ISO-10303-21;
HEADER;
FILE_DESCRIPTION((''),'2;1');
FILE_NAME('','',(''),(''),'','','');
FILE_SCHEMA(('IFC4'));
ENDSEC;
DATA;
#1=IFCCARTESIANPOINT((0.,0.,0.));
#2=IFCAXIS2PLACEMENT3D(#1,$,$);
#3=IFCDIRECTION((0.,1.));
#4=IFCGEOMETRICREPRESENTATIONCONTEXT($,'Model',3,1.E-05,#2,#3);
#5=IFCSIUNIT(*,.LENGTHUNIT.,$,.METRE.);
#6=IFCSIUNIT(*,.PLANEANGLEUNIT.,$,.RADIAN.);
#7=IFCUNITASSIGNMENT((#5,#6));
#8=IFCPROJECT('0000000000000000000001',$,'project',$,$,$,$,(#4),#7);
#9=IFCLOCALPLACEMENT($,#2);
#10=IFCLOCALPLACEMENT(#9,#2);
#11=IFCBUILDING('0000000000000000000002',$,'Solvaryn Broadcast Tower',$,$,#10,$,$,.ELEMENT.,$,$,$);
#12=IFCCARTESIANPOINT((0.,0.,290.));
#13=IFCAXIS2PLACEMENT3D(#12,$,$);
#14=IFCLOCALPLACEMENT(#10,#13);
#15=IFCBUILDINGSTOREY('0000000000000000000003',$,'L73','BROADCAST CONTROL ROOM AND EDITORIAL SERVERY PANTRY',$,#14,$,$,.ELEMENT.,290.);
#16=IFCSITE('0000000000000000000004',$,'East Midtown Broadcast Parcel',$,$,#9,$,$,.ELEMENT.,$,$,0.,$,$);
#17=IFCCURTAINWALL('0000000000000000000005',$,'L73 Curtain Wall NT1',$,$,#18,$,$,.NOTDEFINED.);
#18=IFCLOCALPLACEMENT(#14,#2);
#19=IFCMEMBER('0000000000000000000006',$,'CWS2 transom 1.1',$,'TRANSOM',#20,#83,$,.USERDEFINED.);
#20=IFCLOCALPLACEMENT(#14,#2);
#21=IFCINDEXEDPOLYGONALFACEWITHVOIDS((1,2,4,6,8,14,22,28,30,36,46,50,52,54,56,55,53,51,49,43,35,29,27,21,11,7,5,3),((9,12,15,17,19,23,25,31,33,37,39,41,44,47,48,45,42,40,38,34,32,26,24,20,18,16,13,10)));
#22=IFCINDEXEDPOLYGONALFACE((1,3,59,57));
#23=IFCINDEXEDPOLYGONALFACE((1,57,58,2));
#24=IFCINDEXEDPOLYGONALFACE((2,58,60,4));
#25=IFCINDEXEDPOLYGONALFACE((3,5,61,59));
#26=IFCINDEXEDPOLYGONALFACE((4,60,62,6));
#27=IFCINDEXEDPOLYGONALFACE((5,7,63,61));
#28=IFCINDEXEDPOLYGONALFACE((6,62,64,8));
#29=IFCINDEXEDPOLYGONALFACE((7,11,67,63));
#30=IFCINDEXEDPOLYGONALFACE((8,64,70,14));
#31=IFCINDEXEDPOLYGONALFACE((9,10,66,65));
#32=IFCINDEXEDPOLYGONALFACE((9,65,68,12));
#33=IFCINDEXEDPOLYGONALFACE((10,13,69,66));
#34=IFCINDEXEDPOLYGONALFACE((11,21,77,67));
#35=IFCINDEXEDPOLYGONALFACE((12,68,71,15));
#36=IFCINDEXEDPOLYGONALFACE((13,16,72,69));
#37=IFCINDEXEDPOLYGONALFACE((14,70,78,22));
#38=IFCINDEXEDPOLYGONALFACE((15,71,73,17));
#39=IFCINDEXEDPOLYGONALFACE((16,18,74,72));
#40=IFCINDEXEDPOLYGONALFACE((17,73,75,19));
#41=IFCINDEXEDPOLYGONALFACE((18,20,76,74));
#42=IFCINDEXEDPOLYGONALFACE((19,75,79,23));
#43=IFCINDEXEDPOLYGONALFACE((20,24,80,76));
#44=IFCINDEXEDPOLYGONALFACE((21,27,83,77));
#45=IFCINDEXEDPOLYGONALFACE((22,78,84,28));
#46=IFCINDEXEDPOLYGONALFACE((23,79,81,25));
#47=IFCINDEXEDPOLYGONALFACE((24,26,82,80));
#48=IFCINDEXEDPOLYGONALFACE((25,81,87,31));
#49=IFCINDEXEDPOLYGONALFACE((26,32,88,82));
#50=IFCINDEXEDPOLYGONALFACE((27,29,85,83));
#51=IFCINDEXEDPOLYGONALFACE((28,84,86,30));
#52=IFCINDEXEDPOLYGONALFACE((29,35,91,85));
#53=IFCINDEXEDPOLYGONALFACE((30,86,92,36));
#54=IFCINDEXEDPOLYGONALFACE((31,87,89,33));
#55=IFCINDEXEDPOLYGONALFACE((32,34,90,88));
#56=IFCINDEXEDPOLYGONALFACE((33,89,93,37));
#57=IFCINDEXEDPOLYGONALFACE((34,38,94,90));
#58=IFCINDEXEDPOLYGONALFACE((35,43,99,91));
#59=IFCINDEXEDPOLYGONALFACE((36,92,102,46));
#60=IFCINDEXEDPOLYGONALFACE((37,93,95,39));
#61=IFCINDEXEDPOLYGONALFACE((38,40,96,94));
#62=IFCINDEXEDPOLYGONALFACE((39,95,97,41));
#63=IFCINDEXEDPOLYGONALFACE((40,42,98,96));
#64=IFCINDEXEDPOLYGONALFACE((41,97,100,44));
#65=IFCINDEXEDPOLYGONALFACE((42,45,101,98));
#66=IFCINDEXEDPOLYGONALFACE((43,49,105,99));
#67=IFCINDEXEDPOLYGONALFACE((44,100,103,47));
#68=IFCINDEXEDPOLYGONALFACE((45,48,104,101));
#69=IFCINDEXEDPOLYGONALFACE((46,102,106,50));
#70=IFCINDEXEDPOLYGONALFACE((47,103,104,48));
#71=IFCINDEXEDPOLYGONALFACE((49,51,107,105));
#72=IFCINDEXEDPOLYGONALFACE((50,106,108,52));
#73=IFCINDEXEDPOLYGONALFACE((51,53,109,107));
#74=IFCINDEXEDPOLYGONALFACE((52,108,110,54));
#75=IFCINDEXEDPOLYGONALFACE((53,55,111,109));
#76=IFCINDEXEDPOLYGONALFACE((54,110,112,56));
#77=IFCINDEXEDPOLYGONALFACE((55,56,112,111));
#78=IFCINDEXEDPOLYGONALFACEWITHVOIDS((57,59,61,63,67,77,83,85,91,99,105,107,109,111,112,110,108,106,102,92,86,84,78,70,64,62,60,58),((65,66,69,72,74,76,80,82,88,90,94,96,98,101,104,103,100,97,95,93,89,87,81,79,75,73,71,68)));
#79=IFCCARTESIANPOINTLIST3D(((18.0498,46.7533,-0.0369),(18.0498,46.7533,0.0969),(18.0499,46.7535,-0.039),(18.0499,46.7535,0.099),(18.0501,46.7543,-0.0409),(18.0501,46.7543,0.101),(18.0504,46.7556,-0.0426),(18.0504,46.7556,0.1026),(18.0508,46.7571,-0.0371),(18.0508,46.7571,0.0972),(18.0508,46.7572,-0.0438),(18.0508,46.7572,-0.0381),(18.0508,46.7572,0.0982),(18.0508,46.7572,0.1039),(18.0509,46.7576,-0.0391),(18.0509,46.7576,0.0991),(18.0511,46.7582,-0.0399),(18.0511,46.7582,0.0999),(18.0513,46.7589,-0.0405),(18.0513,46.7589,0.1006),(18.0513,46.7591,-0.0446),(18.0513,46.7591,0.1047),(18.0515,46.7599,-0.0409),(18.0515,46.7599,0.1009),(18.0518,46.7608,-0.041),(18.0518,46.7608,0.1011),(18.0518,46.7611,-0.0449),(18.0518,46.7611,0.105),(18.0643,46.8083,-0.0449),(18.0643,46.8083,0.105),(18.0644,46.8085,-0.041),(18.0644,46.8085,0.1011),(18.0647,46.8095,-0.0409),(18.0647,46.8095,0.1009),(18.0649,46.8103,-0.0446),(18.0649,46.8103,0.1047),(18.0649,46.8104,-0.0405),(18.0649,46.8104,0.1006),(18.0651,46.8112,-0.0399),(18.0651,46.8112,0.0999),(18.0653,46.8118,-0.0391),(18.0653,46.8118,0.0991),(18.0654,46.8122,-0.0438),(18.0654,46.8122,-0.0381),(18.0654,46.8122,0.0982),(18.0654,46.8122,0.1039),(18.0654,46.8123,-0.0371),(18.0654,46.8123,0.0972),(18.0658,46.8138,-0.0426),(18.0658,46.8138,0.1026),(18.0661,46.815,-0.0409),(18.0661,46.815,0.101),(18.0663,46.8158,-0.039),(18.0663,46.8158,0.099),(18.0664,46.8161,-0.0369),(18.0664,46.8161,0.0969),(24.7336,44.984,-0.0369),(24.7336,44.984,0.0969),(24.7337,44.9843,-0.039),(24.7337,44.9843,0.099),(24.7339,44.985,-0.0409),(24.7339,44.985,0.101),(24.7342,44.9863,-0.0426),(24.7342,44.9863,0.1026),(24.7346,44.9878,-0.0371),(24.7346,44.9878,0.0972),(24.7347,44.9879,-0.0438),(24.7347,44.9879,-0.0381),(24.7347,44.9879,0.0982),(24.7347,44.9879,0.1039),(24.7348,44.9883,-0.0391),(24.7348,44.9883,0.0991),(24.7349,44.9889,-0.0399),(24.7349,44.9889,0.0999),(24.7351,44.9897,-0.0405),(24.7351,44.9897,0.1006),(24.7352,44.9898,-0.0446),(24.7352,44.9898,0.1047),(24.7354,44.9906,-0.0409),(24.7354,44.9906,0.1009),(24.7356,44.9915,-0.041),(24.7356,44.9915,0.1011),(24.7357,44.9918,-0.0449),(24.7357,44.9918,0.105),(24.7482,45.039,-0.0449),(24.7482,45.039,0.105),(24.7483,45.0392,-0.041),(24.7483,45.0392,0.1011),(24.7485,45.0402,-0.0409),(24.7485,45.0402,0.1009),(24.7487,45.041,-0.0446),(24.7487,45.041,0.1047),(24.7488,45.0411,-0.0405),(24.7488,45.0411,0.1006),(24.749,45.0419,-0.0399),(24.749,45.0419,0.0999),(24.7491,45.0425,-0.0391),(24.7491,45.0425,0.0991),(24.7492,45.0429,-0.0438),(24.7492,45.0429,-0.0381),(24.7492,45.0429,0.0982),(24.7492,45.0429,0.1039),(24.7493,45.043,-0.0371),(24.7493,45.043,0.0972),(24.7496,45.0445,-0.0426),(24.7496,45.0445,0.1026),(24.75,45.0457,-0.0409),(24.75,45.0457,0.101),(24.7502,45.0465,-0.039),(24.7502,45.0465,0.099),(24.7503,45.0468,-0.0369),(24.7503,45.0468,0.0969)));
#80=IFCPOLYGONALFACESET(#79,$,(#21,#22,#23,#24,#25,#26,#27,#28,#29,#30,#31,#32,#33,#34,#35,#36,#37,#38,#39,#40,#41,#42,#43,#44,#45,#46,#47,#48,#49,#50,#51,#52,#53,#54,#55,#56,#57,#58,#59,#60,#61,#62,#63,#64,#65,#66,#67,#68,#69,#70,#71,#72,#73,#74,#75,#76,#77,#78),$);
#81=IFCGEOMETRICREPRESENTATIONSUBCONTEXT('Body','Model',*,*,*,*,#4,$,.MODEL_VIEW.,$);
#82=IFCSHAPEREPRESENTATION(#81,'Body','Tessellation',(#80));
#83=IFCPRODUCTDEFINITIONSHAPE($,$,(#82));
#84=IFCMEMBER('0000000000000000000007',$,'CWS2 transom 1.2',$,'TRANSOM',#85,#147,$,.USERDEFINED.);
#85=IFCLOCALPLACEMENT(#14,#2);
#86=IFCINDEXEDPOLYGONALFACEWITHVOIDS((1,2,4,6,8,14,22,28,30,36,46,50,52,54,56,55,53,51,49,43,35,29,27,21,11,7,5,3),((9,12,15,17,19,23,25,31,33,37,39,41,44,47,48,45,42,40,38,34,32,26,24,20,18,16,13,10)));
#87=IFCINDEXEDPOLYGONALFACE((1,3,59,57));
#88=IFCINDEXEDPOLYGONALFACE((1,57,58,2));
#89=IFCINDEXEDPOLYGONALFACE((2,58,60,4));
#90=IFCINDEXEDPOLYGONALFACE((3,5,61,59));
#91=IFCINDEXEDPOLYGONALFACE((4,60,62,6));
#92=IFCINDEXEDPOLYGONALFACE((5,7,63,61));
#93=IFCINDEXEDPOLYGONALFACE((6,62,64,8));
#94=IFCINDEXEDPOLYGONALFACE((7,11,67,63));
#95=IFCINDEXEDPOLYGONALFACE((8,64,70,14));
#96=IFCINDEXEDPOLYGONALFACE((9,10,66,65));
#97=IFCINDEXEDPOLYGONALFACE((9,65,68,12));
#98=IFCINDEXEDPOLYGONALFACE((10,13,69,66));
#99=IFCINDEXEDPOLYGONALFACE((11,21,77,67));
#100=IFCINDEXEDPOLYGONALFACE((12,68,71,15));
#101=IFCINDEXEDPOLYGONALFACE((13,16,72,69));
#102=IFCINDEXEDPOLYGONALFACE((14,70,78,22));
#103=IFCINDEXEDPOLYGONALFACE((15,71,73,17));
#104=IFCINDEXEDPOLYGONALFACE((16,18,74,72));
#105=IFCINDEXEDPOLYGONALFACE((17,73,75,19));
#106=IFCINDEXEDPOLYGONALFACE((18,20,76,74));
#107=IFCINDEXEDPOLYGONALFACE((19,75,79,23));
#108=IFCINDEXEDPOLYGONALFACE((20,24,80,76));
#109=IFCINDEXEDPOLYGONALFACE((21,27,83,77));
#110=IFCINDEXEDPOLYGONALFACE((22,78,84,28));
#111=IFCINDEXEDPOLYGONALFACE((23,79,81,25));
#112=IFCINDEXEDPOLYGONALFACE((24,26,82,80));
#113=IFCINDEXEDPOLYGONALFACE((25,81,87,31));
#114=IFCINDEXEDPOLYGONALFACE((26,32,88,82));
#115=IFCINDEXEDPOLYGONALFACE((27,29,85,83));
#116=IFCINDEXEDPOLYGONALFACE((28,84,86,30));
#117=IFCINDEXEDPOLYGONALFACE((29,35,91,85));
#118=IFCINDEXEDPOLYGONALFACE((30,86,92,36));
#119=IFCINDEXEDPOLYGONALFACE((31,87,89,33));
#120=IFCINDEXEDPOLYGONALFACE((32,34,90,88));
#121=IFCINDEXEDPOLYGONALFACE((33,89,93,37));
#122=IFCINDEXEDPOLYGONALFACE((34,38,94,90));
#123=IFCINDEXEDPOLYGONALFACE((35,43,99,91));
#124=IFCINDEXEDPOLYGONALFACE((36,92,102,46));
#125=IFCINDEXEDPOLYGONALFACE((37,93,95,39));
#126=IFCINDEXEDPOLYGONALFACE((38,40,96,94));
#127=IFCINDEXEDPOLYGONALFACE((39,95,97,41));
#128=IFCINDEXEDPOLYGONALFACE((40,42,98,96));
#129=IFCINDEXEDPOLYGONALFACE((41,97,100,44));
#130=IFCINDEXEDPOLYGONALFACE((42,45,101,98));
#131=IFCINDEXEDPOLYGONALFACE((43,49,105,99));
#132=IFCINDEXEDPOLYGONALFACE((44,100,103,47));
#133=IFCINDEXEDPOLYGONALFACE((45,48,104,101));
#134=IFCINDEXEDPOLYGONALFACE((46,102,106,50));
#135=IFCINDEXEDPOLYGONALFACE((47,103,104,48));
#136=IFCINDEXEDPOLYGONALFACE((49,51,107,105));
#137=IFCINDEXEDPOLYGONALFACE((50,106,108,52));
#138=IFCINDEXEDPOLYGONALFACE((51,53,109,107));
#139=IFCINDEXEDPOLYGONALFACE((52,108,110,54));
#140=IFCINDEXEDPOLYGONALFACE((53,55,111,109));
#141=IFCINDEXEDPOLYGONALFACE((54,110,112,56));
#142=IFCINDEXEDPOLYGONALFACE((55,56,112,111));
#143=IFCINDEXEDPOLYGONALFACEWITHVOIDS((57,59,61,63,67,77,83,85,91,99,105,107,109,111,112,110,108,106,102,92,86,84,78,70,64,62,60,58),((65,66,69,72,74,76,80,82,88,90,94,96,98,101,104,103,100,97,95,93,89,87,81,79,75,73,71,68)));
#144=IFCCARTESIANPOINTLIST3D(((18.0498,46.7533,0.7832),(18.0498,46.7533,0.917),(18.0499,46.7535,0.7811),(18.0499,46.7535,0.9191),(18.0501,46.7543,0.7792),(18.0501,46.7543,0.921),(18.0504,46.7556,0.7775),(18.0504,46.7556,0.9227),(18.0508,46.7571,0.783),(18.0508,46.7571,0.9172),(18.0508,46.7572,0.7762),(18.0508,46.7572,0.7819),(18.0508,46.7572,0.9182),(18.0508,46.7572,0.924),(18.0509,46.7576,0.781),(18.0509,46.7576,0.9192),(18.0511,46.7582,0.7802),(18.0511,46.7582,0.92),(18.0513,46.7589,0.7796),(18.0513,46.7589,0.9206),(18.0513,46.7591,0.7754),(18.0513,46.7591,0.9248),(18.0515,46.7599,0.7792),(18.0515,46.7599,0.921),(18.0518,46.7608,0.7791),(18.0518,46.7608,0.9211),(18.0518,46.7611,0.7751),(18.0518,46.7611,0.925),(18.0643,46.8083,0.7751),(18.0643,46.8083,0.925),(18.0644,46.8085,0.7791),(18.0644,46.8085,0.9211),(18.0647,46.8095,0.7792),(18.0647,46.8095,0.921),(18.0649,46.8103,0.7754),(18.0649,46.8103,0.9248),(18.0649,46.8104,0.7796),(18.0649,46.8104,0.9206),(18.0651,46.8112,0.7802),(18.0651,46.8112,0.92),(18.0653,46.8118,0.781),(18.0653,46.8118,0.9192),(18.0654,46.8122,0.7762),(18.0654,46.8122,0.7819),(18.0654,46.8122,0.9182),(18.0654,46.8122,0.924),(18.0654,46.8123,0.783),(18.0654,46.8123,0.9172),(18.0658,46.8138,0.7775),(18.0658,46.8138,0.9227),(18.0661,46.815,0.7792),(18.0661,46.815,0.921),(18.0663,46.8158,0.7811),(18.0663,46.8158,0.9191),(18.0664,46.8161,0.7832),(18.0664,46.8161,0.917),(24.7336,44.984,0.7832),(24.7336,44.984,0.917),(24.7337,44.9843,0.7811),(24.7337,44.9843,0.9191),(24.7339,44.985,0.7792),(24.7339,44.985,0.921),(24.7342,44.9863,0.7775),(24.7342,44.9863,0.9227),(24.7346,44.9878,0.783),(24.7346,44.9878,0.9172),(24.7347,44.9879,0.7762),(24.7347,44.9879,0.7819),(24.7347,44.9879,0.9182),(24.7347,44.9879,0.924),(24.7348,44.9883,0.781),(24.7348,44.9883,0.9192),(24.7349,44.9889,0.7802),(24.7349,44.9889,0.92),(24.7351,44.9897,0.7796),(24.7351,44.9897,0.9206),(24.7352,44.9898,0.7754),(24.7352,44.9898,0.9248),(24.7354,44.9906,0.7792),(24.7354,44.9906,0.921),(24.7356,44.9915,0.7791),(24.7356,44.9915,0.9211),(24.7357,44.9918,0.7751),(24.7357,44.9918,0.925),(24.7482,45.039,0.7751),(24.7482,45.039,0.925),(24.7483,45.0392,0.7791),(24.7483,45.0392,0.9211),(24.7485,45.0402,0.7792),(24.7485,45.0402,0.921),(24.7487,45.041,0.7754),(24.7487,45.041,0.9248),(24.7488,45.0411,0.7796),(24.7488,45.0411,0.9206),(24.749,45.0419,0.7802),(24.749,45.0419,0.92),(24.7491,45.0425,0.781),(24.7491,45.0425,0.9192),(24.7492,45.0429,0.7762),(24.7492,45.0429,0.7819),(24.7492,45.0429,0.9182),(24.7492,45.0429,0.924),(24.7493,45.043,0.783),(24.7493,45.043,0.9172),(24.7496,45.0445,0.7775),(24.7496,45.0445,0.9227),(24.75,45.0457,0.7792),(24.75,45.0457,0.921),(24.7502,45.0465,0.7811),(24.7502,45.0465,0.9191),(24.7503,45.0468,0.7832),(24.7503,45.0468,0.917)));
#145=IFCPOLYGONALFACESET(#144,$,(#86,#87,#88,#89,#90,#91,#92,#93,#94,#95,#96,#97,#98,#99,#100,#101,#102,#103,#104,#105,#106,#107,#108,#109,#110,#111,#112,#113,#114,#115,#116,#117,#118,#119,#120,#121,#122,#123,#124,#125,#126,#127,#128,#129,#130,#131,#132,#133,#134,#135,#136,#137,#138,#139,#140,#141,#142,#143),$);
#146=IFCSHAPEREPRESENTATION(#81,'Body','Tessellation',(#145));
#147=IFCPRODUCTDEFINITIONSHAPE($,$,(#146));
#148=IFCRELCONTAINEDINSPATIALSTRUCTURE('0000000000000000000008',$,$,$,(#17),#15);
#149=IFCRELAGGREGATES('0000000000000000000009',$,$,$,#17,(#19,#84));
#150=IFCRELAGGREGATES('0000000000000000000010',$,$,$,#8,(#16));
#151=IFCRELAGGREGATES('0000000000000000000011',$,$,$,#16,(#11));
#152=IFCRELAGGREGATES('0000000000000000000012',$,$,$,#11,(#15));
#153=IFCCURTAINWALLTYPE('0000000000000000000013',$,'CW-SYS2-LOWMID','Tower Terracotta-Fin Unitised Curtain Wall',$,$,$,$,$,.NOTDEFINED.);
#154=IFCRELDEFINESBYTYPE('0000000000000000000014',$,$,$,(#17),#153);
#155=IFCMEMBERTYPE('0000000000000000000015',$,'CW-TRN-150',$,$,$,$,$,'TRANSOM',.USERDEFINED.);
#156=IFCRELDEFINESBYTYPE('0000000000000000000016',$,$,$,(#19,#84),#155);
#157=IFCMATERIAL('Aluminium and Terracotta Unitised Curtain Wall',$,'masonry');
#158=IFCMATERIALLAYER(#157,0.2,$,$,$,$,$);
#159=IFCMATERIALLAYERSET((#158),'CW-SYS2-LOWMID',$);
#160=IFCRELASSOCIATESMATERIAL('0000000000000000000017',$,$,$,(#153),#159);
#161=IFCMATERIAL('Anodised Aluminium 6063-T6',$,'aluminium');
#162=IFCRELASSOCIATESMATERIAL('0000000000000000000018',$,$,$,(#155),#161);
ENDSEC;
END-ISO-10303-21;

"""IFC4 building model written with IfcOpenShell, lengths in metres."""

from ifc_helpers import new_model, si_unit, direction, frame, origin, origin_2d, place, context, subcontext, project, spatial, hollow_rectangle, extrude, material, layer, layer_set, material_profile, profile_set, type_object, element, aggregate, save


model = new_model("IFC4")

# Units and contexts
model_context = context("Model", 3, precision=1e-05, world=origin(), true_north=direction((0.0, 1.0)))
body_context = subcontext(model_context, "Body", "Model", "MODEL_VIEW")
ifc_project = project(units=[si_unit("LENGTHUNIT", "METRE"), si_unit("PLANEANGLEUNIT", "RADIAN")], contexts=[model_context])

# Site, building, storey
site_placement = place(None, origin())
site = spatial("IfcSite", under=ifc_project, at=site_placement, Name="East Midtown Broadcast Parcel", CompositionType="ELEMENT", RefElevation=0.0)
building_placement = place(site_placement, origin())
building = spatial("IfcBuilding", under=site, at=building_placement, Name="Solvaryn Broadcast Tower", CompositionType="ELEMENT")
storey_placement = place(building_placement, frame((0.0, 0.0, 290.0)))
storey = spatial("IfcBuildingStorey", under=building, at=storey_placement, Name="L73", Description="BROADCAST CONTROL ROOM AND EDITORIAL SERVERY PANTRY", CompositionType="ELEMENT", Elevation=290.0)

# Shared definitions
ifc_material_1 = material(Name="Aluminium and Terracotta Unitised Curtain Wall", Category="masonry")
ifc_layer_1 = layer(ifc_material_1, 0.2)
ifc_layer_set_1 = layer_set([ifc_layer_1], Name="CW-SYS2-LOWMID")
curtain_wall_type = type_object("IfcCurtainWallType", Name="CW-SYS2-LOWMID", Description="Tower Terracotta-Fin Unitised Curtain Wall", PredefinedType="NOTDEFINED", material=ifc_layer_set_1)

# Curtain wall
curtain_wall_1_placement = place(storey_placement, origin())
curtain_wall_1 = element("IfcCurtainWall", 1, at=curtain_wall_1_placement, inside=storey, type_object=curtain_wall_type, Name="L73 Curtain Wall NT1", PredefinedType="NOTDEFINED")

# Members
ifc_material_2 = material(Name="Anodised Aluminium 6063-T6", Category="aluminium")
ifc_material_profile_1 = material_profile(ifc_material_2, hollow_rectangle(XDim=0.0649, YDim=0.1499, WallThickness=0.0039, InnerFilletRadius=0.0039, OuterFilletRadius=0.0081, at=origin_2d()))
ifc_profile_set_1 = profile_set([ifc_material_profile_1], Name="Anodised Aluminium 6063-T6")
member_type_1 = type_object("IfcMemberType", Name="CW-TRN-150", ElementType="TRANSOM", PredefinedType="USERDEFINED", material=ifc_profile_set_1)
member_1_placement = place(storey_placement, frame((24.7419, 45.0154, 0.03), z_axis=(-0.966704, 0.255897, 0.0), x_axis=(-0.255897, -0.966704, 0.0)))
member_1 = element("IfcMember", 2, at=member_1_placement, type_object=member_type_1, Name="CWS2 transom 1.1", ObjectType="TRANSOM", PredefinedType="USERDEFINED", context=body_context, shape_type="SweptSolid", body=[
    extrude(hollow_rectangle(XDim=0.0649, YDim=0.1499, WallThickness=0.0039, InnerFilletRadius=0.0039, OuterFilletRadius=0.0081, at=origin_2d()), origin(), (0.0, 0.0, 1.0), 6.9141),
])
member_2_placement = place(storey_placement, frame((24.7419, 45.0154, 0.8501), z_axis=(-0.966704, 0.255897, 0.0), x_axis=(-0.255897, -0.966704, 0.0)))
member_2 = element("IfcMember", 3, at=member_2_placement, type_object=member_type_1, Name="CWS2 transom 1.2", ObjectType="TRANSOM", PredefinedType="USERDEFINED", context=body_context, shape_type="SweptSolid", body=[
    extrude(hollow_rectangle(XDim=0.0649, YDim=0.1499, WallThickness=0.0039, InnerFilletRadius=0.0039, OuterFilletRadius=0.0081, at=origin_2d()), origin(), (0.0, 0.0, 1.0), 6.9141),
])
aggregate(curtain_wall_1, [member_1, member_2])

save(model, "model.ifc")
